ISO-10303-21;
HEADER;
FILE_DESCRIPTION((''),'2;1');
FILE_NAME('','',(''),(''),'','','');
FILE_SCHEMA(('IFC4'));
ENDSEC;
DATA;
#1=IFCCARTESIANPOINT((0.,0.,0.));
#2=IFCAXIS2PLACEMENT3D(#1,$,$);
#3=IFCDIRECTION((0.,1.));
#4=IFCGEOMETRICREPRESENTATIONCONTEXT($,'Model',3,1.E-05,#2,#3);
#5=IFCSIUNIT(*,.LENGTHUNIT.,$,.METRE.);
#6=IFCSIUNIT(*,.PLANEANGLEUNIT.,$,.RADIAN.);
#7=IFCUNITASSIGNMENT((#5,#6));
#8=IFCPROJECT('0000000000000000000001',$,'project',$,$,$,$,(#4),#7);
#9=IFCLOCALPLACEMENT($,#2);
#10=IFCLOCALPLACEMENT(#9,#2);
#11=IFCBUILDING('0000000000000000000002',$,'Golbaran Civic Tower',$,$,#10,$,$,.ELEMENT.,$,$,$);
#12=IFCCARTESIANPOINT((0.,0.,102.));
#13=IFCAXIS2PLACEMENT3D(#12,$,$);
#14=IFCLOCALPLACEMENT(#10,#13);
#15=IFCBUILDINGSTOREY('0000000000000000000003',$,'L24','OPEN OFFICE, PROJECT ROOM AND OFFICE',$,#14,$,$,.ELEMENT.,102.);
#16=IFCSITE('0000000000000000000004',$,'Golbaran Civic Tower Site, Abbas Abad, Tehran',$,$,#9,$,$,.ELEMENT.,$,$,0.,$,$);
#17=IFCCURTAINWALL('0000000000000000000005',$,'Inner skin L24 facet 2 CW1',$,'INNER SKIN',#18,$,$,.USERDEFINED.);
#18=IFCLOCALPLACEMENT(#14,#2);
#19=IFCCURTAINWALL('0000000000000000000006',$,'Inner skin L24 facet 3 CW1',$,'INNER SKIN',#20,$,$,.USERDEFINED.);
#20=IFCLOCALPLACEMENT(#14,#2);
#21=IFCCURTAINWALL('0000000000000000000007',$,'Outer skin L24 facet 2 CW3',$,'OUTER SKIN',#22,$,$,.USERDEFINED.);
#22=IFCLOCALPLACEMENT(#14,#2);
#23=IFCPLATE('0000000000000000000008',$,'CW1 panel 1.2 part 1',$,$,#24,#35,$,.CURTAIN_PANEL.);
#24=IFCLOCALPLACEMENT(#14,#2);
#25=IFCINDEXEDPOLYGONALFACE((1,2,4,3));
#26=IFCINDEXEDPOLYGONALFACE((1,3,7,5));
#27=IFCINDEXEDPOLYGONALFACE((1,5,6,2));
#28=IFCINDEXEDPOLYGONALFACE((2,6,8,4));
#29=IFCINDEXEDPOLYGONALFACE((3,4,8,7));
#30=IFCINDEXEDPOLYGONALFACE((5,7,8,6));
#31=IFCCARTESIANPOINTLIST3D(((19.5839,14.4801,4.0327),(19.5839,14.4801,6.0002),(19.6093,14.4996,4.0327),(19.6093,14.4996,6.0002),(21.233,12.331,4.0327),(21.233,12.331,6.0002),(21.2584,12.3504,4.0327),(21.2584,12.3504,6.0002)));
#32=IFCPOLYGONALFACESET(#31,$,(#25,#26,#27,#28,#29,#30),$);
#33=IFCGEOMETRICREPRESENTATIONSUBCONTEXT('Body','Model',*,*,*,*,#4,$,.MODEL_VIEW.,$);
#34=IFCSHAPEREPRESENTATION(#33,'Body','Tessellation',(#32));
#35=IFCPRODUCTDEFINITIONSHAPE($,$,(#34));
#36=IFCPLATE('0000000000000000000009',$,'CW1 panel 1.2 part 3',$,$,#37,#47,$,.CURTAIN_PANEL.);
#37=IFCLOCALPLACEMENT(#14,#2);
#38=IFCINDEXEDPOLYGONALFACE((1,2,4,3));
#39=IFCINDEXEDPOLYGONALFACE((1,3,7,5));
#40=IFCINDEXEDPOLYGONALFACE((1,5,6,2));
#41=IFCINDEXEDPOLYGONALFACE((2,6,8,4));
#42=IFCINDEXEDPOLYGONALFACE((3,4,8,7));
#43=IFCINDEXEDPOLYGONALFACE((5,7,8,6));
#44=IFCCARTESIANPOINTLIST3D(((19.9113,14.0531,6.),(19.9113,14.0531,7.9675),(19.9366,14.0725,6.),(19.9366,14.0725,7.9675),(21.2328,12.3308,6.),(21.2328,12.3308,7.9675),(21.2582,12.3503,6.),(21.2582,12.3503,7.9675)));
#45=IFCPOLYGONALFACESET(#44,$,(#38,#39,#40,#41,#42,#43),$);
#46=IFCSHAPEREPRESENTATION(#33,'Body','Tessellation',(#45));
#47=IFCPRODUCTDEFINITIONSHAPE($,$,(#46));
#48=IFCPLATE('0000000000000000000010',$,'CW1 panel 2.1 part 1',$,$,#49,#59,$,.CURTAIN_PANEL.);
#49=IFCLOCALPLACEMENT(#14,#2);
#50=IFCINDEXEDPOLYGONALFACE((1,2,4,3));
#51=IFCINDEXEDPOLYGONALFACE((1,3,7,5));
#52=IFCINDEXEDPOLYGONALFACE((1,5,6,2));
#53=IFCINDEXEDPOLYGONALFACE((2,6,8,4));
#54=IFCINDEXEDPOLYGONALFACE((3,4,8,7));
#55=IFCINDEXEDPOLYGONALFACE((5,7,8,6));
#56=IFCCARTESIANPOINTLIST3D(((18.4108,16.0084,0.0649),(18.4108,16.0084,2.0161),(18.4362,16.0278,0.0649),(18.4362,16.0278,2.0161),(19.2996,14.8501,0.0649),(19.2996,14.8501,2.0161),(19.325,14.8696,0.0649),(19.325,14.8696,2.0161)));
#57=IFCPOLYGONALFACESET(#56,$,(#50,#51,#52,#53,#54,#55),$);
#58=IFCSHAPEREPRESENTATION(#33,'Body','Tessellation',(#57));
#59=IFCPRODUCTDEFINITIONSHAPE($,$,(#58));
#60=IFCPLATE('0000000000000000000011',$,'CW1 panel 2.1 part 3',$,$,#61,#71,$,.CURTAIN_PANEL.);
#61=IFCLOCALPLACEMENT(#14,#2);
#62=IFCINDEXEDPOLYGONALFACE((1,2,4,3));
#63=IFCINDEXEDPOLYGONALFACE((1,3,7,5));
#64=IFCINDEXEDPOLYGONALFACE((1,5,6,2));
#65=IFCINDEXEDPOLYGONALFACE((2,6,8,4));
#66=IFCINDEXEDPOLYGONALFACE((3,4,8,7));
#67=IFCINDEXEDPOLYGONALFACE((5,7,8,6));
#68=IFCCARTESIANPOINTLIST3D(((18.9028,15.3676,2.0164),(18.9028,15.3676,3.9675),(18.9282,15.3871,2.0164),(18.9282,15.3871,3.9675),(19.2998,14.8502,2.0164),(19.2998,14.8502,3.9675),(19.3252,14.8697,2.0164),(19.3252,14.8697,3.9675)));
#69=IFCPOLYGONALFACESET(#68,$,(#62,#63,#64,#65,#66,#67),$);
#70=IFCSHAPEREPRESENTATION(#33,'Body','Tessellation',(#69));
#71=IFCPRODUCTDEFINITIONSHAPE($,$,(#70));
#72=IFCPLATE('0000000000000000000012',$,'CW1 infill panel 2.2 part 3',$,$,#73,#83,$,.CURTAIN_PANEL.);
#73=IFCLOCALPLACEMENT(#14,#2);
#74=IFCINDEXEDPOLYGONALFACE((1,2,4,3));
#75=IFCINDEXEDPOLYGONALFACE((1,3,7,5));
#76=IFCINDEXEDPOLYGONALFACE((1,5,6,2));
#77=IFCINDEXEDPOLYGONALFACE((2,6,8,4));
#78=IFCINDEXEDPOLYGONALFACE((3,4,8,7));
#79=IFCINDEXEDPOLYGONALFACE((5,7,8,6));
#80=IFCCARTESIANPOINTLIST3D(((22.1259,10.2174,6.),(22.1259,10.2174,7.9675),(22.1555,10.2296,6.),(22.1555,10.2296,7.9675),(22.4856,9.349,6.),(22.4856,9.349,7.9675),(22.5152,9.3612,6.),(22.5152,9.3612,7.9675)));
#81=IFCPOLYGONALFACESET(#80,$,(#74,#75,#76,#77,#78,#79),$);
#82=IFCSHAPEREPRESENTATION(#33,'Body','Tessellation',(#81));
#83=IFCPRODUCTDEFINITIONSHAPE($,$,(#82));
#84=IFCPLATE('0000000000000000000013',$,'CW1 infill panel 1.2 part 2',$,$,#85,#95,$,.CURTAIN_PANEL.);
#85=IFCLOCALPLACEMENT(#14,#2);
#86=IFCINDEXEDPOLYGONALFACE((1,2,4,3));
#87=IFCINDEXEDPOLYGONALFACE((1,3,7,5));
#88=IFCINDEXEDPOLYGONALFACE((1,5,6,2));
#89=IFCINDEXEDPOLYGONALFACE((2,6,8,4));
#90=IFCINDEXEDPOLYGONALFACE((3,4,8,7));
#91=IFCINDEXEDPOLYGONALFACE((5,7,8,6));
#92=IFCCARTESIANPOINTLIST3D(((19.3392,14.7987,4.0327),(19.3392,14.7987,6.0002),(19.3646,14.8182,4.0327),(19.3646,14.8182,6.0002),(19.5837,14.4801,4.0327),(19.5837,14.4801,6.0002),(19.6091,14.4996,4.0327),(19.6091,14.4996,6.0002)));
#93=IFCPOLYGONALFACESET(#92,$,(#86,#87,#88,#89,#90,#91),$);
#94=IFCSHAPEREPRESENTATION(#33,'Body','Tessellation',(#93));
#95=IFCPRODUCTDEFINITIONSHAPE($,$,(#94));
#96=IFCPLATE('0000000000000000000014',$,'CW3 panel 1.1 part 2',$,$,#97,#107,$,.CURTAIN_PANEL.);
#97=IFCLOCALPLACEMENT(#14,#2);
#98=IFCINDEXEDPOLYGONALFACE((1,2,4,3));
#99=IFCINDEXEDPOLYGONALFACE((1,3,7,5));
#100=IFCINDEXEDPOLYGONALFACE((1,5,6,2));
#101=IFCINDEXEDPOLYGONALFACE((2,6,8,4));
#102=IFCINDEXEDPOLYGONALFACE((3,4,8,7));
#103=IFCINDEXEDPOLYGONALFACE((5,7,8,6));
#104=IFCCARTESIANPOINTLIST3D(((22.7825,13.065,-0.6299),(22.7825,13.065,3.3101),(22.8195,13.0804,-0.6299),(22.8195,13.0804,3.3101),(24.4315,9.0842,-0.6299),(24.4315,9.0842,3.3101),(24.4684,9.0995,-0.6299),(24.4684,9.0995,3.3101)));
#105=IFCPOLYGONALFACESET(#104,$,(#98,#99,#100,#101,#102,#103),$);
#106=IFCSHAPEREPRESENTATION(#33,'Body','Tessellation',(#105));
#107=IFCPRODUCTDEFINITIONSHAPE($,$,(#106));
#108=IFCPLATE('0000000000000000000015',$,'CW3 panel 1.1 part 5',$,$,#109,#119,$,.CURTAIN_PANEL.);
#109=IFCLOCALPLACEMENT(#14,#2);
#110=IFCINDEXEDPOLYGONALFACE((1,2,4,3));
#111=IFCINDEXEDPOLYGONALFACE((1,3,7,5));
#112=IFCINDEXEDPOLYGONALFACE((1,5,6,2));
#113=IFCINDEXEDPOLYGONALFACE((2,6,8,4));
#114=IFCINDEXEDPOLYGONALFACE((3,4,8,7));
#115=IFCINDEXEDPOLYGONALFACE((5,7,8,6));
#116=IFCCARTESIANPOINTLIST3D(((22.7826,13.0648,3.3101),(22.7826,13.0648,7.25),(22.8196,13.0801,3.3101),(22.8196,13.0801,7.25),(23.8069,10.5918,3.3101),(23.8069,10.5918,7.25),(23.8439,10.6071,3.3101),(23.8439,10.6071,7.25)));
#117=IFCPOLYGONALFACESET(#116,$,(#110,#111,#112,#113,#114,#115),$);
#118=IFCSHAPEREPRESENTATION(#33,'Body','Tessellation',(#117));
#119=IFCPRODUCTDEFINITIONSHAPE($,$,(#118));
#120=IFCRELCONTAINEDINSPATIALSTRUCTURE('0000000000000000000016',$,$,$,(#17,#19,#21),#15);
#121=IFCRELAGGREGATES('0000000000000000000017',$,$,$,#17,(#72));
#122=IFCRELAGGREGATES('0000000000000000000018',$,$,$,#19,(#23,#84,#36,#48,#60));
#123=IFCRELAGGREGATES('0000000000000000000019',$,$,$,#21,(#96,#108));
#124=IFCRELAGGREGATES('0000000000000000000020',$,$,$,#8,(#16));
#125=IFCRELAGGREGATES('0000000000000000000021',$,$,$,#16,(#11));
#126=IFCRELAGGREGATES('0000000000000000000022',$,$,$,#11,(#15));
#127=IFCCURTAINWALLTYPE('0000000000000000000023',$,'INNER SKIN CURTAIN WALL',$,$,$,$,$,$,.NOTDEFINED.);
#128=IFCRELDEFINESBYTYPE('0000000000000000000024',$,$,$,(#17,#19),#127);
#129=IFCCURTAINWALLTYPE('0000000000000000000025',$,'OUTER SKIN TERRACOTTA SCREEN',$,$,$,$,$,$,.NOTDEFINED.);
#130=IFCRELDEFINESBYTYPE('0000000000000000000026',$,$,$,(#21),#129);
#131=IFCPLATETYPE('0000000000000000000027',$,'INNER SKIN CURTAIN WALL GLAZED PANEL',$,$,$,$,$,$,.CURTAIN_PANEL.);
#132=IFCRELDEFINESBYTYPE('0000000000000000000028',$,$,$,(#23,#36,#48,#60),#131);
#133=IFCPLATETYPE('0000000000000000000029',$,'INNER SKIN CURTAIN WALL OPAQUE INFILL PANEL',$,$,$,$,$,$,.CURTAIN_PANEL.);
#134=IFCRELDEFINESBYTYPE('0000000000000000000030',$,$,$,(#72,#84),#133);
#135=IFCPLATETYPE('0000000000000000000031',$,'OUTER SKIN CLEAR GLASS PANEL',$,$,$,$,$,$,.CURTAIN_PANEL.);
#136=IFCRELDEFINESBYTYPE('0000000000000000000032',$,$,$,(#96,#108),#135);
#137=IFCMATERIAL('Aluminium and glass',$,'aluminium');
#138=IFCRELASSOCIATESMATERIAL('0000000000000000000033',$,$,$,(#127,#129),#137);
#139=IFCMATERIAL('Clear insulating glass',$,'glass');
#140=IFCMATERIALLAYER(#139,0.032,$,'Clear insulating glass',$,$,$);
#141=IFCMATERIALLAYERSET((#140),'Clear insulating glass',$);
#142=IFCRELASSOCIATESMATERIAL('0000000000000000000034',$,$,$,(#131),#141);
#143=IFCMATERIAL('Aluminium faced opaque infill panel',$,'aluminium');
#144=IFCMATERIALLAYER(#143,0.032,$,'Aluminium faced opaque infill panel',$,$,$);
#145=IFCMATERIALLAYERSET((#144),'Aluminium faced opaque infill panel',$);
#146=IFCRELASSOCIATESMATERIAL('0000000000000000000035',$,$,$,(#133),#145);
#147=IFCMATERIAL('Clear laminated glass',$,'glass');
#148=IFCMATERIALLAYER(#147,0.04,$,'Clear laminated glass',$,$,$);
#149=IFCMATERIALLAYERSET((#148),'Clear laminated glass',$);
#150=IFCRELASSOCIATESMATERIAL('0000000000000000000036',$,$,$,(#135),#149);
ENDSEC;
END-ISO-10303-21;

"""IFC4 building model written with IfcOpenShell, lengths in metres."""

from ifc_helpers import new_model, si_unit, direction, frame, origin, origin_2d, place, context, subcontext, project, spatial, rectangle, extrude, material, layer, layer_set, type_object, element, aggregate, save


model = new_model("IFC4")

# Units and contexts
model_context = context("Model", 3, precision=1e-05, world=origin(), true_north=direction((0.0, 1.0)))
body_context = subcontext(model_context, "Body", "Model", "MODEL_VIEW")
ifc_project = project(units=[si_unit("LENGTHUNIT", "METRE"), si_unit("PLANEANGLEUNIT", "RADIAN")], contexts=[model_context])

# Site, building, storey
site_placement = place(None, origin())
site = spatial("IfcSite", under=ifc_project, at=site_placement, Name="Golbaran Civic Tower Site, Abbas Abad, Tehran", CompositionType="ELEMENT", RefElevation=0.0)
building_placement = place(site_placement, origin())
building = spatial("IfcBuilding", under=site, at=building_placement, Name="Golbaran Civic Tower", CompositionType="ELEMENT")
storey_placement = place(building_placement, frame((0.0, 0.0, 102.0)))
storey = spatial("IfcBuildingStorey", under=building, at=storey_placement, Name="L24", Description="OPEN OFFICE, PROJECT ROOM AND OFFICE", CompositionType="ELEMENT", Elevation=102.0)

# Curtain wall
ifc_material_1 = material(Name="Aluminium and glass", Category="aluminium")
curtain_wall_type_1 = type_object("IfcCurtainWallType", Name="INNER SKIN CURTAIN WALL", PredefinedType="NOTDEFINED", material=ifc_material_1)
curtain_wall_1_placement = place(storey_placement, origin())
curtain_wall_1 = element("IfcCurtainWall", 1, at=curtain_wall_1_placement, inside=storey, type_object=curtain_wall_type_1, Name="Inner skin L24 facet 2 CW1", ObjectType="INNER SKIN", PredefinedType="USERDEFINED")

# Curtain wall
curtain_wall_2_placement = place(storey_placement, origin())
curtain_wall_2 = element("IfcCurtainWall", 2, at=curtain_wall_2_placement, inside=storey, type_object=curtain_wall_type_1, Name="Inner skin L24 facet 3 CW1", ObjectType="INNER SKIN", PredefinedType="USERDEFINED")

# Curtain wall
curtain_wall_type_2 = type_object("IfcCurtainWallType", Name="OUTER SKIN TERRACOTTA SCREEN", PredefinedType="NOTDEFINED", material=ifc_material_1)
curtain_wall_3_placement = place(storey_placement, origin())
curtain_wall_3 = element("IfcCurtainWall", 3, at=curtain_wall_3_placement, inside=storey, type_object=curtain_wall_type_2, Name="Outer skin L24 facet 2 CW3", ObjectType="OUTER SKIN", PredefinedType="USERDEFINED")

# Plates
ifc_material_2 = material(Name="Clear insulating glass", Category="glass")
ifc_layer_1 = layer(ifc_material_2, 0.032, Name="Clear insulating glass")
ifc_layer_set_1 = layer_set([ifc_layer_1], Name="Clear insulating glass")
plate_type_1 = type_object("IfcPlateType", Name="INNER SKIN CURTAIN WALL GLAZED PANEL", PredefinedType="CURTAIN_PANEL", material=ifc_layer_set_1)
plate_1_placement = place(storey_placement, frame((20.4211, 13.4153, 4.0327), z_axis=(0.0, 0.0, 1.0), x_axis=(-0.608761, 0.793353, 0.0)))
plate_1 = element("IfcPlate", 4, at=plate_1_placement, type_object=plate_type_1, Name="CW1 panel 1.2 part 1", PredefinedType="CURTAIN_PANEL", context=body_context, shape_type="SweptSolid", body=[
    extrude(rectangle(XDim=2.709, YDim=0.032, at=origin_2d()), origin(), (0.0, 0.0, 1.0), 1.9675),
])
plate_2_placement = place(storey_placement, frame((20.5847, 13.2017, 6.0), z_axis=(0.0, 0.0, 1.0), x_axis=(-0.608761, 0.793353, 0.0)))
plate_2 = element("IfcPlate", 5, at=plate_2_placement, type_object=plate_type_1, Name="CW1 panel 1.2 part 3", PredefinedType="CURTAIN_PANEL", context=body_context, shape_type="SweptSolid", body=[
    extrude(rectangle(XDim=2.1709, YDim=0.032, at=origin_2d()), origin(), (0.0, 0.0, 1.0), 1.9675),
])
plate_3_placement = place(storey_placement, frame((18.8679, 15.439, 0.0649), z_axis=(0.0, 0.0, 1.0), x_axis=(-0.608761, 0.793353, 0.0)))
plate_3 = element("IfcPlate", 6, at=plate_3_placement, type_object=plate_type_1, Name="CW1 panel 2.1 part 1", PredefinedType="CURTAIN_PANEL", context=body_context, shape_type="SweptSolid", body=[
    extrude(rectangle(XDim=1.46, YDim=0.032, at=origin_2d()), origin(), (0.0, 0.0, 1.0), 1.9512),
])
plate_4_placement = place(storey_placement, frame((19.114, 15.1187, 2.0164), z_axis=(0.0, 0.0, 1.0), x_axis=(-0.608761, 0.793353, 0.0)))
plate_4 = element("IfcPlate", 7, at=plate_4_placement, type_object=plate_type_1, Name="CW1 panel 2.1 part 3", PredefinedType="CURTAIN_PANEL", context=body_context, shape_type="SweptSolid", body=[
    extrude(rectangle(XDim=0.6521, YDim=0.032, at=origin_2d()), origin(), (0.0, 0.0, 1.0), 1.9512),
])
ifc_material_3 = material(Name="Aluminium faced opaque infill panel", Category="aluminium")
ifc_layer_2 = layer(ifc_material_3, 0.032, Name="Aluminium faced opaque infill panel")
ifc_layer_set_2 = layer_set([ifc_layer_2], Name="Aluminium faced opaque infill panel")
plate_type_2 = type_object("IfcPlateType", Name="INNER SKIN CURTAIN WALL OPAQUE INFILL PANEL", PredefinedType="CURTAIN_PANEL", material=ifc_layer_set_2)
plate_5_placement = place(storey_placement, frame((22.3206, 9.7893, 6.0), z_axis=(0.0, 0.0, 1.0), x_axis=(-0.382683, 0.92388, 0.0)))
plate_5 = element("IfcPlate", 8, at=plate_5_placement, type_object=plate_type_2, Name="CW1 infill panel 2.2 part 3", PredefinedType="CURTAIN_PANEL", context=body_context, shape_type="SweptSolid", body=[
    extrude(rectangle(XDim=0.9399, YDim=0.032, at=origin_2d()), origin(), (0.0, 0.0, 1.0), 1.9675),
])
aggregate(curtain_wall_1, [plate_5])
plate_6_placement = place(storey_placement, frame((19.4741, 14.6492, 4.0327), z_axis=(0.0, 0.0, 1.0), x_axis=(-0.608761, 0.793353, 0.0)))
plate_6 = element("IfcPlate", 9, at=plate_6_placement, type_object=plate_type_2, Name="CW1 infill panel 1.2 part 2", PredefinedType="CURTAIN_PANEL", context=body_context, shape_type="SweptSolid", body=[
    extrude(rectangle(XDim=0.4016, YDim=0.032, at=origin_2d()), origin(), (0.0, 0.0, 1.0), 1.9675),
])
aggregate(curtain_wall_2, [plate_1, plate_6, plate_2, plate_3, plate_4])
ifc_material_4 = material(Name="Clear laminated glass", Category="glass")
ifc_layer_3 = layer(ifc_material_4, 0.04, Name="Clear laminated glass")
ifc_layer_set_3 = layer_set([ifc_layer_3], Name="Clear laminated glass")
plate_type_3 = type_object("IfcPlateType", Name="OUTER SKIN CLEAR GLASS PANEL", PredefinedType="CURTAIN_PANEL", material=ifc_layer_set_3)
plate_7_placement = place(storey_placement, frame((23.6255, 11.0823, -0.6299), z_axis=(0.0, 0.0, 1.0), x_axis=(-0.382683, 0.92388, 0.0)))
plate_7 = element("IfcPlate", 10, at=plate_7_placement, type_object=plate_type_3, Name="CW3 panel 1.1 part 2", PredefinedType="CURTAIN_PANEL", context=body_context, shape_type="SweptSolid", body=[
    extrude(rectangle(XDim=4.3088, YDim=0.04, at=origin_2d()), origin(), (0.0, 0.0, 1.0), 3.9399),
])
plate_8_placement = place(storey_placement, frame((23.3132, 11.8359, 3.3101), z_axis=(0.0, 0.0, 1.0), x_axis=(-0.382683, 0.92388, 0.0)))
plate_8 = element("IfcPlate", 11, at=plate_8_placement, type_object=plate_type_3, Name="CW3 panel 1.1 part 5", PredefinedType="CURTAIN_PANEL", context=body_context, shape_type="SweptSolid", body=[
    extrude(rectangle(XDim=2.6768, YDim=0.04, at=origin_2d()), origin(), (0.0, 0.0, 1.0), 3.9399),
])
aggregate(curtain_wall_3, [plate_7, plate_8])

save(model, "model.ifc")
